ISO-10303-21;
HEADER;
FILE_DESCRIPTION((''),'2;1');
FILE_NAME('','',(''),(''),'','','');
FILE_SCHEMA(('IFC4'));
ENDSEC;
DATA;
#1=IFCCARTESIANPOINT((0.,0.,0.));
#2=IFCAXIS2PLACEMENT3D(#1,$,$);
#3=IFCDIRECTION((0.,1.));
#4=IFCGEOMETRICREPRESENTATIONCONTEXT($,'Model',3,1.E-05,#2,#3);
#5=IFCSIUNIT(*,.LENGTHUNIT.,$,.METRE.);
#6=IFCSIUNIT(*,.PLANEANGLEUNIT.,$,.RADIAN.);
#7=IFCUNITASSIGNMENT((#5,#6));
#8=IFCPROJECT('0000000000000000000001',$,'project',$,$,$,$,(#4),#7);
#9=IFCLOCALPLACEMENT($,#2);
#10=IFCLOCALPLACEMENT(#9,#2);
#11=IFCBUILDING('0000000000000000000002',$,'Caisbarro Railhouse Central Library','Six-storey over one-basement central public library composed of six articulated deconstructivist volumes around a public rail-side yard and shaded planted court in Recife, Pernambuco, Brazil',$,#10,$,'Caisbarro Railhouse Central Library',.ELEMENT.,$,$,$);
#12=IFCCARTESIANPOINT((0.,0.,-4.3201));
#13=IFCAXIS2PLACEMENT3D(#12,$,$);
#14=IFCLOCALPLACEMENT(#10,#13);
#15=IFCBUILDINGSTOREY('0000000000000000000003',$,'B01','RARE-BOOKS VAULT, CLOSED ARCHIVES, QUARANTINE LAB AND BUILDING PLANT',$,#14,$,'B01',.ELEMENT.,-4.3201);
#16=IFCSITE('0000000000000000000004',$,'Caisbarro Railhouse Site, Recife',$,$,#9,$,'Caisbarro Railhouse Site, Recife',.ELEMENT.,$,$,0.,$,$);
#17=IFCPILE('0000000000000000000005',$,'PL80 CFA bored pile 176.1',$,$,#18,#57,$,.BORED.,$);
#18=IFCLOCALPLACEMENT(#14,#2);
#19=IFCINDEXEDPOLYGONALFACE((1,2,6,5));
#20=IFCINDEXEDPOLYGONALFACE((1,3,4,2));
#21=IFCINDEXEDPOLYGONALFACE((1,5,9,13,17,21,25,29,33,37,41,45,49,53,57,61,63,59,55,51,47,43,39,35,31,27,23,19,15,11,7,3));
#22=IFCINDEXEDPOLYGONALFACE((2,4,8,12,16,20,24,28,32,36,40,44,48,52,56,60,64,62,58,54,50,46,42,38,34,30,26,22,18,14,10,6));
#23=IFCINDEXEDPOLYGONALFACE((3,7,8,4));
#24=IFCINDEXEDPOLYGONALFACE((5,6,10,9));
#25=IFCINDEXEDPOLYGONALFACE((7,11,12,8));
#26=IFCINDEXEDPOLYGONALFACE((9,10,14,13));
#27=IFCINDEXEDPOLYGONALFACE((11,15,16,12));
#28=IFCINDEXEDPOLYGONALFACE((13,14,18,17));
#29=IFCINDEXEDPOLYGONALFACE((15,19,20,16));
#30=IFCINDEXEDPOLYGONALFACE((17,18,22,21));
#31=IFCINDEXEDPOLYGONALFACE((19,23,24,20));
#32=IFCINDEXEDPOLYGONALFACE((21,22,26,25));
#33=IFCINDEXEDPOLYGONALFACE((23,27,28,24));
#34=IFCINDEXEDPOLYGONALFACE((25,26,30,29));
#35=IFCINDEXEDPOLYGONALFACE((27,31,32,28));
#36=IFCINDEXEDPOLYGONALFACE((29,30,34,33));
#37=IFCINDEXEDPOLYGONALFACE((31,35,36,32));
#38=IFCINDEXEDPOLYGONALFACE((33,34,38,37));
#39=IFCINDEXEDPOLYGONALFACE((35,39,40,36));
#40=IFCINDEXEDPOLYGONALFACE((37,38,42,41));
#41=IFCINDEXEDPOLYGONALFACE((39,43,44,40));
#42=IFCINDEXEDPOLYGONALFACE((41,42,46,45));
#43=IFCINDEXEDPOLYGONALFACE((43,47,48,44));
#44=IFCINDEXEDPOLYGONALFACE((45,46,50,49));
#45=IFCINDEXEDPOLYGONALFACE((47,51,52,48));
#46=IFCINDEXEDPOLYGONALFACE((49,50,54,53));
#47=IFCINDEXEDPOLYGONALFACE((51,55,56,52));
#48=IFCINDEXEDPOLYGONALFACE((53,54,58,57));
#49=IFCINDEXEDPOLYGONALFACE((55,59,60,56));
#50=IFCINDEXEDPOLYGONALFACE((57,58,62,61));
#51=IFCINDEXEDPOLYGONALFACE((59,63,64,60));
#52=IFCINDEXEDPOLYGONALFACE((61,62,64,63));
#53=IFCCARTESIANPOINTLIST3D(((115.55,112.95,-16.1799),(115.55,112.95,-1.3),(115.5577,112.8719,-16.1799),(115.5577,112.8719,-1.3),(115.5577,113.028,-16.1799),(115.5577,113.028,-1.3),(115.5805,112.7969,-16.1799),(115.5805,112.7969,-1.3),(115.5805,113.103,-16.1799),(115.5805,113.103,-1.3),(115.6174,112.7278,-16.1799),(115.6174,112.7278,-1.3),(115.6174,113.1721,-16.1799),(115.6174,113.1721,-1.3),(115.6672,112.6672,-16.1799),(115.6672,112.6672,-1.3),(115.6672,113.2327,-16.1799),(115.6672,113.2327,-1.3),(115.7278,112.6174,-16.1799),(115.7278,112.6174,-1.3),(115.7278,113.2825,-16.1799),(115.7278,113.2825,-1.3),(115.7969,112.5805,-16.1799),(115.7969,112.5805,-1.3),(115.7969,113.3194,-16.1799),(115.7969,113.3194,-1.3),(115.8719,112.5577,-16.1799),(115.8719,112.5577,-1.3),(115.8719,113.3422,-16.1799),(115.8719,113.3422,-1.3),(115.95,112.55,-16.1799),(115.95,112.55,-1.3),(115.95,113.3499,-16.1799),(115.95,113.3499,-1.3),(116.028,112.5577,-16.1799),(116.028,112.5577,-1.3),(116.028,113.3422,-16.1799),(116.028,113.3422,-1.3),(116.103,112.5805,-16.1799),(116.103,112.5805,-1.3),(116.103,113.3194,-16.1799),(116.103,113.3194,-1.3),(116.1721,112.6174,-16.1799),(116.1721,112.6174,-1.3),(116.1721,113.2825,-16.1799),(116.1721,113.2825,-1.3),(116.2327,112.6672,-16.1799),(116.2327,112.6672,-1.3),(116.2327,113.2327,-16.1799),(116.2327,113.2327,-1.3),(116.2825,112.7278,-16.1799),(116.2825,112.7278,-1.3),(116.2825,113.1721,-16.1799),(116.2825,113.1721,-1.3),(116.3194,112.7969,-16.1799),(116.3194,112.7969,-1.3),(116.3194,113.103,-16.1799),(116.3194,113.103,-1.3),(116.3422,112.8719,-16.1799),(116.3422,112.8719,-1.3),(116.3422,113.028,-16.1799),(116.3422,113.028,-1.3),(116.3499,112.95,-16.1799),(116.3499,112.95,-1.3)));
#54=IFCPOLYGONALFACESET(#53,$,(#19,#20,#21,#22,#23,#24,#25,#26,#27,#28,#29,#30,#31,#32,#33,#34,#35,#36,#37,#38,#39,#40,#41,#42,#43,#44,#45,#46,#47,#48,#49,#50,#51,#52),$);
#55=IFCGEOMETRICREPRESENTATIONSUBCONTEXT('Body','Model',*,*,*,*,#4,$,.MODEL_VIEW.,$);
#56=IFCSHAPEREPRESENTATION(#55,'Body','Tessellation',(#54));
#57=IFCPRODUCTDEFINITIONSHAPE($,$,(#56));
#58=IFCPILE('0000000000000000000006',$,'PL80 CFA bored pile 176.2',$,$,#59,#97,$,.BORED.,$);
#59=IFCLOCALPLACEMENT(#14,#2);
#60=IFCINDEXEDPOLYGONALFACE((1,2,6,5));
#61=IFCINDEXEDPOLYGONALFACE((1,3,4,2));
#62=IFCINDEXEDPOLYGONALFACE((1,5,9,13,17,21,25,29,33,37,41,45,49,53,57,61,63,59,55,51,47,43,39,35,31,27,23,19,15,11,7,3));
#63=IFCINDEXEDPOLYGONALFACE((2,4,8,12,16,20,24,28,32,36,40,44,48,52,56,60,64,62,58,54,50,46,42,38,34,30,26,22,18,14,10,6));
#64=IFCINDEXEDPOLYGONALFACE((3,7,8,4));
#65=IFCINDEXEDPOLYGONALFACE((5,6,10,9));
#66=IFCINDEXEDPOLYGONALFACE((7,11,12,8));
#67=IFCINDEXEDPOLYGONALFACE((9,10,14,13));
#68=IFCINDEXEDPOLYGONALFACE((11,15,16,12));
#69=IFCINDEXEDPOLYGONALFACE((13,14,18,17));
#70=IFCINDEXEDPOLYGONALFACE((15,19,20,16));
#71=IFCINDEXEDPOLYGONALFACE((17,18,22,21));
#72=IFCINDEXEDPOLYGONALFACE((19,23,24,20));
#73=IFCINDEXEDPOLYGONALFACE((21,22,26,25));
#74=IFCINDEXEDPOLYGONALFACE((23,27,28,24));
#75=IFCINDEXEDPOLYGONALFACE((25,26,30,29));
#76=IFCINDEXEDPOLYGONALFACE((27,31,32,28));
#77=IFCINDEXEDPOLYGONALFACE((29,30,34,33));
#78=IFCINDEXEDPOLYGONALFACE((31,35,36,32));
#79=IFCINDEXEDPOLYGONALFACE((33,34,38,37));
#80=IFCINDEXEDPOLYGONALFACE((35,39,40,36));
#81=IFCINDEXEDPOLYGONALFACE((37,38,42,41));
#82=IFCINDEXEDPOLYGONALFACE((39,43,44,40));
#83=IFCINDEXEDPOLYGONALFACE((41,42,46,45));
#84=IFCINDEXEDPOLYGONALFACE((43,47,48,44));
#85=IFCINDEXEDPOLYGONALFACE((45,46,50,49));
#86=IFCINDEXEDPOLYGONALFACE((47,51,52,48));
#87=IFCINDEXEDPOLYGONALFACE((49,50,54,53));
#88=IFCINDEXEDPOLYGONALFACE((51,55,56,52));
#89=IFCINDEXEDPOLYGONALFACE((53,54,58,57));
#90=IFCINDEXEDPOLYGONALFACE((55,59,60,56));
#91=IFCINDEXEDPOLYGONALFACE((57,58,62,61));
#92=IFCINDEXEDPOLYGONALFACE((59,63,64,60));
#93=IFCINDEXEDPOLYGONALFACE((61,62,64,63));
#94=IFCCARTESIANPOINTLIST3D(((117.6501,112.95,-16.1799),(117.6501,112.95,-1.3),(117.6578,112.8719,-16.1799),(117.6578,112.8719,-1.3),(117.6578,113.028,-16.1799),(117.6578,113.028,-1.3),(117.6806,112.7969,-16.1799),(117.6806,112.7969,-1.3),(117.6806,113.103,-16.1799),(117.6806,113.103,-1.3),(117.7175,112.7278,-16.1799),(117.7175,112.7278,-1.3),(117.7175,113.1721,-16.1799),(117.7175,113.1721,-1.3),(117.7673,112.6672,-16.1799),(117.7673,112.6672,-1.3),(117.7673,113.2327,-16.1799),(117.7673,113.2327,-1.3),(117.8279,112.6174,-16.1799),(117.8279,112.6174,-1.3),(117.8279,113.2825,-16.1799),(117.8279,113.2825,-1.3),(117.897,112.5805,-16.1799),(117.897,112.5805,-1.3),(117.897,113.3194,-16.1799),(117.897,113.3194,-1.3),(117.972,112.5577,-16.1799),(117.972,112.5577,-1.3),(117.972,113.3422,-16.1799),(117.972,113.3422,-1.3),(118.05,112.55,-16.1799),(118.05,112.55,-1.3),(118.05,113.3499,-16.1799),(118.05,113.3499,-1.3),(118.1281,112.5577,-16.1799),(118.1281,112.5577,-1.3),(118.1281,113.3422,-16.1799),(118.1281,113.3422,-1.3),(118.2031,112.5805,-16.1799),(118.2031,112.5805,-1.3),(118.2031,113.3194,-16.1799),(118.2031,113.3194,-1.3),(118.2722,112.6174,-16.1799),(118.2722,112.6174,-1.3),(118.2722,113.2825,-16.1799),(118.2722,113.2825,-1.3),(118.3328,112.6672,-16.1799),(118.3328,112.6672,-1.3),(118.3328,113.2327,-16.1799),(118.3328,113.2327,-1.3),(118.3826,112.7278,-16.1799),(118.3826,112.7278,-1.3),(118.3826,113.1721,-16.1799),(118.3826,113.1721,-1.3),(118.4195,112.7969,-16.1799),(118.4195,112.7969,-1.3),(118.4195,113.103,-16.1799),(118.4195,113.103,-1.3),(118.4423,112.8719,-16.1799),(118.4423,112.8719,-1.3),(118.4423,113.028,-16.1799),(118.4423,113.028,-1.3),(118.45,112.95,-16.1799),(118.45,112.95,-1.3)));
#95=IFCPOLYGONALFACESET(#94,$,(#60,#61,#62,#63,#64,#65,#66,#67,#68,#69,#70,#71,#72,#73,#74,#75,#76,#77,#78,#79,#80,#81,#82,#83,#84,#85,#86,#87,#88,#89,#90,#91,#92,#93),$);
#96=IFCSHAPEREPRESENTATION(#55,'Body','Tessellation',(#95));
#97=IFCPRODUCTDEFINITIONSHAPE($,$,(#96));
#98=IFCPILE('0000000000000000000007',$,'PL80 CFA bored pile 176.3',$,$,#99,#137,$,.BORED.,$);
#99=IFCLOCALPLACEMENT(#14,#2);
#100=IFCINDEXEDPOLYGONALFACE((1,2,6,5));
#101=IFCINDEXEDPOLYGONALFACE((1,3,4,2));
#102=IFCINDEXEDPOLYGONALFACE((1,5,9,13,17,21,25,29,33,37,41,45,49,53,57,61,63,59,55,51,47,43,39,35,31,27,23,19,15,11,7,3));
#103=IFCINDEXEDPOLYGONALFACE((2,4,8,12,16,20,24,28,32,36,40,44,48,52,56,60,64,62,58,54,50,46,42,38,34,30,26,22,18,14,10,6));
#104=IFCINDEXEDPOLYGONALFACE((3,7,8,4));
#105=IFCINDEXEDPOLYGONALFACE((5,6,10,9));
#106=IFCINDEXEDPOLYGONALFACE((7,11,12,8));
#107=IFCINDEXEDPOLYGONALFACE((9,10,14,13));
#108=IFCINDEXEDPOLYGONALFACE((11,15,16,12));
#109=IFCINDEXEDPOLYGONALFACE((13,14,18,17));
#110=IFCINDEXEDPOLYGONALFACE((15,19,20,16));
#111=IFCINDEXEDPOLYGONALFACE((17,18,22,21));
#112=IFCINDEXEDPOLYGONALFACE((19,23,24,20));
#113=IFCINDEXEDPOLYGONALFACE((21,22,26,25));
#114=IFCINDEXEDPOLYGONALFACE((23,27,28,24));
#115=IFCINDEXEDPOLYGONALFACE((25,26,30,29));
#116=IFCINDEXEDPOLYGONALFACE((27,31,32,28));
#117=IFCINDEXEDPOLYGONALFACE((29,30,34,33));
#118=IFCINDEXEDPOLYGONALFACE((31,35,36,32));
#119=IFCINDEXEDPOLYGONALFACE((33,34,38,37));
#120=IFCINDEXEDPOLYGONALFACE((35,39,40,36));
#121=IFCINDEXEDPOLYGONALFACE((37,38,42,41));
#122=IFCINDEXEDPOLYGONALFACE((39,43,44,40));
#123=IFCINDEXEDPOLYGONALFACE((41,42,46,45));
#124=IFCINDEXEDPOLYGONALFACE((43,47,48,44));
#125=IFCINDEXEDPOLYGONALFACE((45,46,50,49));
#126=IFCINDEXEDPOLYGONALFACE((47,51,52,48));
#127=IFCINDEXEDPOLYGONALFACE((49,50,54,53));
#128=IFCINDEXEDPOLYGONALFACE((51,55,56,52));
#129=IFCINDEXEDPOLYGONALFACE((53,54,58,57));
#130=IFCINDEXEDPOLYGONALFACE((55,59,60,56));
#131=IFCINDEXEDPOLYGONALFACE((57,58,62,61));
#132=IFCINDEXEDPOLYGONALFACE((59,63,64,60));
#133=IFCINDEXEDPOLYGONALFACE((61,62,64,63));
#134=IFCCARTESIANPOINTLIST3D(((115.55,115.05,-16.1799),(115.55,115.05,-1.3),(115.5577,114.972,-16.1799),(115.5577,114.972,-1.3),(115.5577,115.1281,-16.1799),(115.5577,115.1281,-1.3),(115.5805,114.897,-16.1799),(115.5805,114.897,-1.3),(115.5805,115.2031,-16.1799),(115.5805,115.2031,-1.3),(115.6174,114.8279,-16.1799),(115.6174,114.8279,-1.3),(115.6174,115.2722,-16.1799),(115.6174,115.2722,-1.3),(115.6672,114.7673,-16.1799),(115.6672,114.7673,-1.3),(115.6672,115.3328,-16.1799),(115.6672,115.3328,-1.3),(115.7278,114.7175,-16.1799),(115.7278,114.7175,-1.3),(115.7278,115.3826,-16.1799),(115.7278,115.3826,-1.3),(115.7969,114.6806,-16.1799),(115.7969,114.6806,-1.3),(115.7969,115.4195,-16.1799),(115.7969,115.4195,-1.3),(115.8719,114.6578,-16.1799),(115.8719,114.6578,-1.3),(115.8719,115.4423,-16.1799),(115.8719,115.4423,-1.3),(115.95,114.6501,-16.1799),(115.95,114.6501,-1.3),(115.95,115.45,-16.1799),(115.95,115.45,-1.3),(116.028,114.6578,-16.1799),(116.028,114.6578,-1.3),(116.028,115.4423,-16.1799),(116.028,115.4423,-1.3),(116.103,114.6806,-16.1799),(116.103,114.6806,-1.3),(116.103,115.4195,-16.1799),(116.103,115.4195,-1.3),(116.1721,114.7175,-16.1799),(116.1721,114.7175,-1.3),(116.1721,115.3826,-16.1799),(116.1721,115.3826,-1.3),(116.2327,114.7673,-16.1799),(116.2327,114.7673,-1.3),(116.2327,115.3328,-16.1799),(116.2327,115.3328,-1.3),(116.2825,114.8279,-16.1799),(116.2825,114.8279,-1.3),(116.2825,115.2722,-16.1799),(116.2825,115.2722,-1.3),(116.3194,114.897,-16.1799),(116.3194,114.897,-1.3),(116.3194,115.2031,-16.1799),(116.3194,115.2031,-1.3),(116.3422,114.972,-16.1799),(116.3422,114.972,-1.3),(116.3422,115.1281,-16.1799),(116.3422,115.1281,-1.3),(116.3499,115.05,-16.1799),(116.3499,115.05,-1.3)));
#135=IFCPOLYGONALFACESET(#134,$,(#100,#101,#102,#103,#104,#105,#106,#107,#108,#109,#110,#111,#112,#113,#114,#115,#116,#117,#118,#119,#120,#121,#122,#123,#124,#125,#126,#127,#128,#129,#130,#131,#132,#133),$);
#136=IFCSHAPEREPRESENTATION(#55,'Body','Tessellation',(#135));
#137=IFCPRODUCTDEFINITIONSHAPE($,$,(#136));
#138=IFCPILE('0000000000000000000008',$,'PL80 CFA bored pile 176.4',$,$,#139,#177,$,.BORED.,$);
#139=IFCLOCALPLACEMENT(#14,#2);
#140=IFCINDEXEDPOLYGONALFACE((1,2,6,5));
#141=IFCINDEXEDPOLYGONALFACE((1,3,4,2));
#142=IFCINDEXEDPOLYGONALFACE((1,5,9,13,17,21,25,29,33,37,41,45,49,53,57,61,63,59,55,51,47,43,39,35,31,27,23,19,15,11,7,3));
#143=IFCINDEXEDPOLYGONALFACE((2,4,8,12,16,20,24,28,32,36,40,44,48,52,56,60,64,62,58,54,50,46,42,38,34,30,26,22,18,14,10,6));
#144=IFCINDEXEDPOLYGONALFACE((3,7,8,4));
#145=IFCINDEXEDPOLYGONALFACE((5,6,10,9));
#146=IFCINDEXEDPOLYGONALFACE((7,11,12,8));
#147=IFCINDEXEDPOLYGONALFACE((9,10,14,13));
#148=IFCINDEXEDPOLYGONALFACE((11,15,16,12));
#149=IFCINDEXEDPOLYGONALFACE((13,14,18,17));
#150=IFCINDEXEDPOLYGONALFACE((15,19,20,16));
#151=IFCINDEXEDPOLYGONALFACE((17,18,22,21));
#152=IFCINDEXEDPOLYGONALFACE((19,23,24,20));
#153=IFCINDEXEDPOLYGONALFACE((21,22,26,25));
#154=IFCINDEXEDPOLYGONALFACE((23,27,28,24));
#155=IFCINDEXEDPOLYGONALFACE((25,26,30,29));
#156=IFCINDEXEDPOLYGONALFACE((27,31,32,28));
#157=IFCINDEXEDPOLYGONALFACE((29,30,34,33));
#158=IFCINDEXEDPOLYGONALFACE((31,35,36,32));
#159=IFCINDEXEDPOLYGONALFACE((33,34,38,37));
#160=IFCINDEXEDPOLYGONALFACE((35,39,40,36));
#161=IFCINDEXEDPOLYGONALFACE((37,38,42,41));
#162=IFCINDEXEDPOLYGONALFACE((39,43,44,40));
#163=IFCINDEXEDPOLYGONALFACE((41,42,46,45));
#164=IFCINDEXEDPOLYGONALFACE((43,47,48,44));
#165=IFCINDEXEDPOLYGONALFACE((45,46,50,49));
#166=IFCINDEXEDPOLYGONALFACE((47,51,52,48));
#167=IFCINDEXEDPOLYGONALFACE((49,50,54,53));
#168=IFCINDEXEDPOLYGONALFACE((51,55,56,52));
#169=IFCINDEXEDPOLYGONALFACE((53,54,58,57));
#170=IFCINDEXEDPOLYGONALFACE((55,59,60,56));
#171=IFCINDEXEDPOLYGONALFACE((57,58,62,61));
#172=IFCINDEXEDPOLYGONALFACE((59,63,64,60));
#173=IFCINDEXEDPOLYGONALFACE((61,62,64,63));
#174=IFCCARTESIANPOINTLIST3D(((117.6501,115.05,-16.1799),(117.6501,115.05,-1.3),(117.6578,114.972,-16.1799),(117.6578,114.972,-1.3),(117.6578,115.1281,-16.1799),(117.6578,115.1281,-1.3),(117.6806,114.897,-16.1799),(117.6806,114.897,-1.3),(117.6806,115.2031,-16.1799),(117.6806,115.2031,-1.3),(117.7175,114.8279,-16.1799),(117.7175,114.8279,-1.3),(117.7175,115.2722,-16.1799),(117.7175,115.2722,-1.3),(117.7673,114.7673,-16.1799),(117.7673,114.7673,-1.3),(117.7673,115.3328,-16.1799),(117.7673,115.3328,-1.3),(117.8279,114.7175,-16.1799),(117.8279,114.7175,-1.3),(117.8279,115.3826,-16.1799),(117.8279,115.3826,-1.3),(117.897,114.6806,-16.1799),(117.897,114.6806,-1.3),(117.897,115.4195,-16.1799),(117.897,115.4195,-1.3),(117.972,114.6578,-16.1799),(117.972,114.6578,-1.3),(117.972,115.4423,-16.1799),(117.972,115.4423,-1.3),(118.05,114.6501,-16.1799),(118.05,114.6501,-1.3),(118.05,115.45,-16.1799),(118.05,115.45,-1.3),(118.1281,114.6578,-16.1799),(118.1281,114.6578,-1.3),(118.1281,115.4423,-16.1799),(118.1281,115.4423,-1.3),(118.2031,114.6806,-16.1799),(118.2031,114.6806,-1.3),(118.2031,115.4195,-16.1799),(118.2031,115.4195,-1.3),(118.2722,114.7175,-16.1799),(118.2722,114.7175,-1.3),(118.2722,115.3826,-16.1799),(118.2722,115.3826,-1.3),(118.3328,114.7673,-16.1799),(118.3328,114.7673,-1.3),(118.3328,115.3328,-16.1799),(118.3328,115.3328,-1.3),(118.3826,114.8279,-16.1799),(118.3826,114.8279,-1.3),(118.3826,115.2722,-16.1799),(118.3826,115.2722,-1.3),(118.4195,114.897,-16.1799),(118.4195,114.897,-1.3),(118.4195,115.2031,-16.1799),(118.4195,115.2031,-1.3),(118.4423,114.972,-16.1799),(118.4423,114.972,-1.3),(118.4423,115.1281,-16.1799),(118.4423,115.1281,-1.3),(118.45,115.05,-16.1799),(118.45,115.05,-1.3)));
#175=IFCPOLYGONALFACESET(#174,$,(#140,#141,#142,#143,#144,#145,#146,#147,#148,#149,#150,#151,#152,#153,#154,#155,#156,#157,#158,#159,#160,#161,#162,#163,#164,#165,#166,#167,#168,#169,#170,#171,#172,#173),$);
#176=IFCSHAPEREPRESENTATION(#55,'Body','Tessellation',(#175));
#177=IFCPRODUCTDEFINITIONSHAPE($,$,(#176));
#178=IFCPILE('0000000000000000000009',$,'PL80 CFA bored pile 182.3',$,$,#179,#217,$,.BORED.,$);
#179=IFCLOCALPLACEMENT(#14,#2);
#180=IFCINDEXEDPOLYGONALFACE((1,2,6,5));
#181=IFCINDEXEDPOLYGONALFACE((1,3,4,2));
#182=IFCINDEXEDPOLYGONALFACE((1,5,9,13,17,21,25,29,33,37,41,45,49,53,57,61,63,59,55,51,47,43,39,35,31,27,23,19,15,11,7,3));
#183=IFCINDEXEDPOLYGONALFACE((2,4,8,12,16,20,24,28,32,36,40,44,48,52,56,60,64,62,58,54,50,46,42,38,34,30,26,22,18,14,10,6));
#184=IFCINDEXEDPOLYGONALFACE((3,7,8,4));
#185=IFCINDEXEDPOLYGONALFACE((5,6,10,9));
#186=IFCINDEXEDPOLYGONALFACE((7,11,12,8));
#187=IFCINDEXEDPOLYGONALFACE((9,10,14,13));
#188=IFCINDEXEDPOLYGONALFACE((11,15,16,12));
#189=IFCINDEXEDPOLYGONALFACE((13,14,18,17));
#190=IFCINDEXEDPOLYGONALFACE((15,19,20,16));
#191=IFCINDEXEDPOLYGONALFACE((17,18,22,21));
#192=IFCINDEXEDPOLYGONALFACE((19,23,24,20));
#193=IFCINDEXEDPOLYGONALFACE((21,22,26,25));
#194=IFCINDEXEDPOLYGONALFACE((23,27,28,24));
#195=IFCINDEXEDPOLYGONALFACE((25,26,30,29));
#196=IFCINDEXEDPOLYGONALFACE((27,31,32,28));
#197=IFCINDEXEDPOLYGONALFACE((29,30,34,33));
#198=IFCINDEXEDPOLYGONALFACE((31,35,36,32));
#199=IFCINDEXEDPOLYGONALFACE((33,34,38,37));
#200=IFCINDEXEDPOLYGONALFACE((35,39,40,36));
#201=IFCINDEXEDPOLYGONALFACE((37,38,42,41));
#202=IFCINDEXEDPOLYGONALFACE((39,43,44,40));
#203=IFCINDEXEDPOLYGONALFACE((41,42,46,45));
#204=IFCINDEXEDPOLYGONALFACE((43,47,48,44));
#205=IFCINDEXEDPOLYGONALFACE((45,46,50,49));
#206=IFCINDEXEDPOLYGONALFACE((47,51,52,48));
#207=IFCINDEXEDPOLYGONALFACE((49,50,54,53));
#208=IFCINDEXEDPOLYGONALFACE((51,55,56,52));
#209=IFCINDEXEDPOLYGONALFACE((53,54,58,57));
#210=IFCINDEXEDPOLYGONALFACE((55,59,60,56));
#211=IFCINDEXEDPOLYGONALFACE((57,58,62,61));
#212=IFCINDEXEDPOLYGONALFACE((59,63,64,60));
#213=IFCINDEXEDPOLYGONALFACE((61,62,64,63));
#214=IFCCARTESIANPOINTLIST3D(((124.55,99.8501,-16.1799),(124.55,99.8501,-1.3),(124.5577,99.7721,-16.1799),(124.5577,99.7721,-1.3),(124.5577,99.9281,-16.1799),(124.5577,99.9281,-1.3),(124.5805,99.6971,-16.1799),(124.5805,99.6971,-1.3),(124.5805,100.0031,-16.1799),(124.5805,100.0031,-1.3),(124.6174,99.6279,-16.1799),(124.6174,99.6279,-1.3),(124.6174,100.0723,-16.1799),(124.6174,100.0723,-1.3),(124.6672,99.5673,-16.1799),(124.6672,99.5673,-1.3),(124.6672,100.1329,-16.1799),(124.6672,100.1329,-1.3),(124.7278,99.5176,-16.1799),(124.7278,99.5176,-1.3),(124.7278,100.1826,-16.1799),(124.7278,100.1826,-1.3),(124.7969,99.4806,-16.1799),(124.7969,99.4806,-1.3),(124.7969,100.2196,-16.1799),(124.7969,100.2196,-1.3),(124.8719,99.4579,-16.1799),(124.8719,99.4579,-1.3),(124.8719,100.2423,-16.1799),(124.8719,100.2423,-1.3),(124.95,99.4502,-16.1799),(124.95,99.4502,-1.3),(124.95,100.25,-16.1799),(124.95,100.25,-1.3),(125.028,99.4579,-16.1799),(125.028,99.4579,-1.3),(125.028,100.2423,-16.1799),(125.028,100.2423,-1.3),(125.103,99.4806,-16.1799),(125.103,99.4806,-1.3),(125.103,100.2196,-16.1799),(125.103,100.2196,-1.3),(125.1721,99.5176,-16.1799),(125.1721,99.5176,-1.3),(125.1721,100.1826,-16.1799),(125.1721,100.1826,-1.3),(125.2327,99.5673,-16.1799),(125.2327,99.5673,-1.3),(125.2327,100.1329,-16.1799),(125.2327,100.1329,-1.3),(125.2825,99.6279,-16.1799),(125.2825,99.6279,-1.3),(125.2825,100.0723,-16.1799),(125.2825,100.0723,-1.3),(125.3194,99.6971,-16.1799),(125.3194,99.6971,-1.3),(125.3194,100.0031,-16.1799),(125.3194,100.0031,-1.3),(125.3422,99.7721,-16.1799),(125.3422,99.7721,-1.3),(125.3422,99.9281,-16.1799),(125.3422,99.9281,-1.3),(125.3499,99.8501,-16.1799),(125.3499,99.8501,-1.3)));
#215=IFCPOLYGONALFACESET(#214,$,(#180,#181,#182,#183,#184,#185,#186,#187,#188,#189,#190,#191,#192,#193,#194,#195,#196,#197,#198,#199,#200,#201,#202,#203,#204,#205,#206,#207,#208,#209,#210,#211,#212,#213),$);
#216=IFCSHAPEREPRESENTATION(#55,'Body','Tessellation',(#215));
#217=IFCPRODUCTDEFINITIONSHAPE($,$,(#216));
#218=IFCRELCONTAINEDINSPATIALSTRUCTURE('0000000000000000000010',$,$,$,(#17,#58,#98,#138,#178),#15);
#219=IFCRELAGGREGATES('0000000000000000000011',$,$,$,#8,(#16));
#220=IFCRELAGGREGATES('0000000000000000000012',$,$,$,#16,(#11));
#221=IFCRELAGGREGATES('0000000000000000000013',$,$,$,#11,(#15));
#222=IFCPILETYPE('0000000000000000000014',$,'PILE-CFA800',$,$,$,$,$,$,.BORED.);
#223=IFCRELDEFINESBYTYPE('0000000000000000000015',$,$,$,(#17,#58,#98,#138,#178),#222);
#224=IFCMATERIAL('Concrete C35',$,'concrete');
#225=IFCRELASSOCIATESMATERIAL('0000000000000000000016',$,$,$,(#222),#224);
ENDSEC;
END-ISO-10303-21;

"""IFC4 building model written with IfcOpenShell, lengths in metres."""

from ifc_helpers import new_model, si_unit, direction, frame, origin, origin_2d, place, context, subcontext, project, spatial, circle, extrude, material, material_profile, profile_set, type_object, element, save


model = new_model("IFC4")

# Units and contexts
model_context = context("Model", 3, precision=1e-05, world=origin(), true_north=direction((0.0, 1.0)))
body_context = subcontext(model_context, "Body", "Model", "MODEL_VIEW")
ifc_project = project(units=[si_unit("LENGTHUNIT", "METRE"), si_unit("PLANEANGLEUNIT", "RADIAN")], contexts=[model_context])

# Site, building, storey
site_placement = place(None, origin())
site = spatial("IfcSite", under=ifc_project, at=site_placement, Name="Caisbarro Railhouse Site, Recife", LongName="Caisbarro Railhouse Site, Recife", CompositionType="ELEMENT", RefElevation=0.0)
building_placement = place(site_placement, origin())
building = spatial("IfcBuilding", under=site, at=building_placement, Name="Caisbarro Railhouse Central Library", Description="Six-storey over one-basement central public library composed of six articulated deconstructivist volumes around a public rail-side yard and shaded planted court in Recife, Pernambuco, Brazil", LongName="Caisbarro Railhouse Central Library", CompositionType="ELEMENT")
storey_placement = place(building_placement, frame((0.0, 0.0, -4.3201)))
storey = spatial("IfcBuildingStorey", under=building, at=storey_placement, Name="B01", Description="RARE-BOOKS VAULT, CLOSED ARCHIVES, QUARANTINE LAB AND BUILDING PLANT", LongName="B01", CompositionType="ELEMENT", Elevation=-4.3201)

# Shared definitions
ifc_material_1 = material(Name="Concrete C35", Category="concrete")

# Piles
ifc_material_profile_1 = material_profile(ifc_material_1, circle(Radius=0.3999, at=origin_2d()), Name="PILE-CFA-800")
ifc_profile_set_1 = profile_set([ifc_material_profile_1], Name="Concrete C35")
pile_type_1 = type_object("IfcPileType", Name="PILE-CFA800", PredefinedType="BORED", material=ifc_profile_set_1)
for number, where, z_axis, x_axis, name in (
    (1, (115.95, 112.95, -1.3), (0.0, 0.0, -1.0), (1.0, 0.0, 0.0), "PL80 CFA bored pile 176.1"),
    (2, (118.05, 112.95, -1.3), (0.0, 0.0, -1.0), (1.0, 0.0, 0.0), "PL80 CFA bored pile 176.2"),
    (3, (115.95, 115.05, -1.3), (0.0, 0.0, -1.0), (1.0, 0.0, 0.0), "PL80 CFA bored pile 176.3"),
    (4, (118.05, 115.05, -1.3), (0.0, 0.0, -1.0), (1.0, 0.0, 0.0), "PL80 CFA bored pile 176.4"),
    (5, (124.95, 99.8501, -1.3), (0.0, 0.0, -1.0), (1.0, 0.0, 0.0), "PL80 CFA bored pile 182.3"),
):
    element("IfcPile", number, at=place(storey_placement, frame(where, z_axis=z_axis, x_axis=x_axis)), inside=storey, type_object=pile_type_1, Name=name, PredefinedType="BORED", context=body_context, shape_type="SweptSolid", body=[
        extrude(circle(Radius=0.3999, at=origin_2d()), origin(), (0.0, 0.0, 1.0), 14.8799),
    ])

save(model, "model.ifc")
